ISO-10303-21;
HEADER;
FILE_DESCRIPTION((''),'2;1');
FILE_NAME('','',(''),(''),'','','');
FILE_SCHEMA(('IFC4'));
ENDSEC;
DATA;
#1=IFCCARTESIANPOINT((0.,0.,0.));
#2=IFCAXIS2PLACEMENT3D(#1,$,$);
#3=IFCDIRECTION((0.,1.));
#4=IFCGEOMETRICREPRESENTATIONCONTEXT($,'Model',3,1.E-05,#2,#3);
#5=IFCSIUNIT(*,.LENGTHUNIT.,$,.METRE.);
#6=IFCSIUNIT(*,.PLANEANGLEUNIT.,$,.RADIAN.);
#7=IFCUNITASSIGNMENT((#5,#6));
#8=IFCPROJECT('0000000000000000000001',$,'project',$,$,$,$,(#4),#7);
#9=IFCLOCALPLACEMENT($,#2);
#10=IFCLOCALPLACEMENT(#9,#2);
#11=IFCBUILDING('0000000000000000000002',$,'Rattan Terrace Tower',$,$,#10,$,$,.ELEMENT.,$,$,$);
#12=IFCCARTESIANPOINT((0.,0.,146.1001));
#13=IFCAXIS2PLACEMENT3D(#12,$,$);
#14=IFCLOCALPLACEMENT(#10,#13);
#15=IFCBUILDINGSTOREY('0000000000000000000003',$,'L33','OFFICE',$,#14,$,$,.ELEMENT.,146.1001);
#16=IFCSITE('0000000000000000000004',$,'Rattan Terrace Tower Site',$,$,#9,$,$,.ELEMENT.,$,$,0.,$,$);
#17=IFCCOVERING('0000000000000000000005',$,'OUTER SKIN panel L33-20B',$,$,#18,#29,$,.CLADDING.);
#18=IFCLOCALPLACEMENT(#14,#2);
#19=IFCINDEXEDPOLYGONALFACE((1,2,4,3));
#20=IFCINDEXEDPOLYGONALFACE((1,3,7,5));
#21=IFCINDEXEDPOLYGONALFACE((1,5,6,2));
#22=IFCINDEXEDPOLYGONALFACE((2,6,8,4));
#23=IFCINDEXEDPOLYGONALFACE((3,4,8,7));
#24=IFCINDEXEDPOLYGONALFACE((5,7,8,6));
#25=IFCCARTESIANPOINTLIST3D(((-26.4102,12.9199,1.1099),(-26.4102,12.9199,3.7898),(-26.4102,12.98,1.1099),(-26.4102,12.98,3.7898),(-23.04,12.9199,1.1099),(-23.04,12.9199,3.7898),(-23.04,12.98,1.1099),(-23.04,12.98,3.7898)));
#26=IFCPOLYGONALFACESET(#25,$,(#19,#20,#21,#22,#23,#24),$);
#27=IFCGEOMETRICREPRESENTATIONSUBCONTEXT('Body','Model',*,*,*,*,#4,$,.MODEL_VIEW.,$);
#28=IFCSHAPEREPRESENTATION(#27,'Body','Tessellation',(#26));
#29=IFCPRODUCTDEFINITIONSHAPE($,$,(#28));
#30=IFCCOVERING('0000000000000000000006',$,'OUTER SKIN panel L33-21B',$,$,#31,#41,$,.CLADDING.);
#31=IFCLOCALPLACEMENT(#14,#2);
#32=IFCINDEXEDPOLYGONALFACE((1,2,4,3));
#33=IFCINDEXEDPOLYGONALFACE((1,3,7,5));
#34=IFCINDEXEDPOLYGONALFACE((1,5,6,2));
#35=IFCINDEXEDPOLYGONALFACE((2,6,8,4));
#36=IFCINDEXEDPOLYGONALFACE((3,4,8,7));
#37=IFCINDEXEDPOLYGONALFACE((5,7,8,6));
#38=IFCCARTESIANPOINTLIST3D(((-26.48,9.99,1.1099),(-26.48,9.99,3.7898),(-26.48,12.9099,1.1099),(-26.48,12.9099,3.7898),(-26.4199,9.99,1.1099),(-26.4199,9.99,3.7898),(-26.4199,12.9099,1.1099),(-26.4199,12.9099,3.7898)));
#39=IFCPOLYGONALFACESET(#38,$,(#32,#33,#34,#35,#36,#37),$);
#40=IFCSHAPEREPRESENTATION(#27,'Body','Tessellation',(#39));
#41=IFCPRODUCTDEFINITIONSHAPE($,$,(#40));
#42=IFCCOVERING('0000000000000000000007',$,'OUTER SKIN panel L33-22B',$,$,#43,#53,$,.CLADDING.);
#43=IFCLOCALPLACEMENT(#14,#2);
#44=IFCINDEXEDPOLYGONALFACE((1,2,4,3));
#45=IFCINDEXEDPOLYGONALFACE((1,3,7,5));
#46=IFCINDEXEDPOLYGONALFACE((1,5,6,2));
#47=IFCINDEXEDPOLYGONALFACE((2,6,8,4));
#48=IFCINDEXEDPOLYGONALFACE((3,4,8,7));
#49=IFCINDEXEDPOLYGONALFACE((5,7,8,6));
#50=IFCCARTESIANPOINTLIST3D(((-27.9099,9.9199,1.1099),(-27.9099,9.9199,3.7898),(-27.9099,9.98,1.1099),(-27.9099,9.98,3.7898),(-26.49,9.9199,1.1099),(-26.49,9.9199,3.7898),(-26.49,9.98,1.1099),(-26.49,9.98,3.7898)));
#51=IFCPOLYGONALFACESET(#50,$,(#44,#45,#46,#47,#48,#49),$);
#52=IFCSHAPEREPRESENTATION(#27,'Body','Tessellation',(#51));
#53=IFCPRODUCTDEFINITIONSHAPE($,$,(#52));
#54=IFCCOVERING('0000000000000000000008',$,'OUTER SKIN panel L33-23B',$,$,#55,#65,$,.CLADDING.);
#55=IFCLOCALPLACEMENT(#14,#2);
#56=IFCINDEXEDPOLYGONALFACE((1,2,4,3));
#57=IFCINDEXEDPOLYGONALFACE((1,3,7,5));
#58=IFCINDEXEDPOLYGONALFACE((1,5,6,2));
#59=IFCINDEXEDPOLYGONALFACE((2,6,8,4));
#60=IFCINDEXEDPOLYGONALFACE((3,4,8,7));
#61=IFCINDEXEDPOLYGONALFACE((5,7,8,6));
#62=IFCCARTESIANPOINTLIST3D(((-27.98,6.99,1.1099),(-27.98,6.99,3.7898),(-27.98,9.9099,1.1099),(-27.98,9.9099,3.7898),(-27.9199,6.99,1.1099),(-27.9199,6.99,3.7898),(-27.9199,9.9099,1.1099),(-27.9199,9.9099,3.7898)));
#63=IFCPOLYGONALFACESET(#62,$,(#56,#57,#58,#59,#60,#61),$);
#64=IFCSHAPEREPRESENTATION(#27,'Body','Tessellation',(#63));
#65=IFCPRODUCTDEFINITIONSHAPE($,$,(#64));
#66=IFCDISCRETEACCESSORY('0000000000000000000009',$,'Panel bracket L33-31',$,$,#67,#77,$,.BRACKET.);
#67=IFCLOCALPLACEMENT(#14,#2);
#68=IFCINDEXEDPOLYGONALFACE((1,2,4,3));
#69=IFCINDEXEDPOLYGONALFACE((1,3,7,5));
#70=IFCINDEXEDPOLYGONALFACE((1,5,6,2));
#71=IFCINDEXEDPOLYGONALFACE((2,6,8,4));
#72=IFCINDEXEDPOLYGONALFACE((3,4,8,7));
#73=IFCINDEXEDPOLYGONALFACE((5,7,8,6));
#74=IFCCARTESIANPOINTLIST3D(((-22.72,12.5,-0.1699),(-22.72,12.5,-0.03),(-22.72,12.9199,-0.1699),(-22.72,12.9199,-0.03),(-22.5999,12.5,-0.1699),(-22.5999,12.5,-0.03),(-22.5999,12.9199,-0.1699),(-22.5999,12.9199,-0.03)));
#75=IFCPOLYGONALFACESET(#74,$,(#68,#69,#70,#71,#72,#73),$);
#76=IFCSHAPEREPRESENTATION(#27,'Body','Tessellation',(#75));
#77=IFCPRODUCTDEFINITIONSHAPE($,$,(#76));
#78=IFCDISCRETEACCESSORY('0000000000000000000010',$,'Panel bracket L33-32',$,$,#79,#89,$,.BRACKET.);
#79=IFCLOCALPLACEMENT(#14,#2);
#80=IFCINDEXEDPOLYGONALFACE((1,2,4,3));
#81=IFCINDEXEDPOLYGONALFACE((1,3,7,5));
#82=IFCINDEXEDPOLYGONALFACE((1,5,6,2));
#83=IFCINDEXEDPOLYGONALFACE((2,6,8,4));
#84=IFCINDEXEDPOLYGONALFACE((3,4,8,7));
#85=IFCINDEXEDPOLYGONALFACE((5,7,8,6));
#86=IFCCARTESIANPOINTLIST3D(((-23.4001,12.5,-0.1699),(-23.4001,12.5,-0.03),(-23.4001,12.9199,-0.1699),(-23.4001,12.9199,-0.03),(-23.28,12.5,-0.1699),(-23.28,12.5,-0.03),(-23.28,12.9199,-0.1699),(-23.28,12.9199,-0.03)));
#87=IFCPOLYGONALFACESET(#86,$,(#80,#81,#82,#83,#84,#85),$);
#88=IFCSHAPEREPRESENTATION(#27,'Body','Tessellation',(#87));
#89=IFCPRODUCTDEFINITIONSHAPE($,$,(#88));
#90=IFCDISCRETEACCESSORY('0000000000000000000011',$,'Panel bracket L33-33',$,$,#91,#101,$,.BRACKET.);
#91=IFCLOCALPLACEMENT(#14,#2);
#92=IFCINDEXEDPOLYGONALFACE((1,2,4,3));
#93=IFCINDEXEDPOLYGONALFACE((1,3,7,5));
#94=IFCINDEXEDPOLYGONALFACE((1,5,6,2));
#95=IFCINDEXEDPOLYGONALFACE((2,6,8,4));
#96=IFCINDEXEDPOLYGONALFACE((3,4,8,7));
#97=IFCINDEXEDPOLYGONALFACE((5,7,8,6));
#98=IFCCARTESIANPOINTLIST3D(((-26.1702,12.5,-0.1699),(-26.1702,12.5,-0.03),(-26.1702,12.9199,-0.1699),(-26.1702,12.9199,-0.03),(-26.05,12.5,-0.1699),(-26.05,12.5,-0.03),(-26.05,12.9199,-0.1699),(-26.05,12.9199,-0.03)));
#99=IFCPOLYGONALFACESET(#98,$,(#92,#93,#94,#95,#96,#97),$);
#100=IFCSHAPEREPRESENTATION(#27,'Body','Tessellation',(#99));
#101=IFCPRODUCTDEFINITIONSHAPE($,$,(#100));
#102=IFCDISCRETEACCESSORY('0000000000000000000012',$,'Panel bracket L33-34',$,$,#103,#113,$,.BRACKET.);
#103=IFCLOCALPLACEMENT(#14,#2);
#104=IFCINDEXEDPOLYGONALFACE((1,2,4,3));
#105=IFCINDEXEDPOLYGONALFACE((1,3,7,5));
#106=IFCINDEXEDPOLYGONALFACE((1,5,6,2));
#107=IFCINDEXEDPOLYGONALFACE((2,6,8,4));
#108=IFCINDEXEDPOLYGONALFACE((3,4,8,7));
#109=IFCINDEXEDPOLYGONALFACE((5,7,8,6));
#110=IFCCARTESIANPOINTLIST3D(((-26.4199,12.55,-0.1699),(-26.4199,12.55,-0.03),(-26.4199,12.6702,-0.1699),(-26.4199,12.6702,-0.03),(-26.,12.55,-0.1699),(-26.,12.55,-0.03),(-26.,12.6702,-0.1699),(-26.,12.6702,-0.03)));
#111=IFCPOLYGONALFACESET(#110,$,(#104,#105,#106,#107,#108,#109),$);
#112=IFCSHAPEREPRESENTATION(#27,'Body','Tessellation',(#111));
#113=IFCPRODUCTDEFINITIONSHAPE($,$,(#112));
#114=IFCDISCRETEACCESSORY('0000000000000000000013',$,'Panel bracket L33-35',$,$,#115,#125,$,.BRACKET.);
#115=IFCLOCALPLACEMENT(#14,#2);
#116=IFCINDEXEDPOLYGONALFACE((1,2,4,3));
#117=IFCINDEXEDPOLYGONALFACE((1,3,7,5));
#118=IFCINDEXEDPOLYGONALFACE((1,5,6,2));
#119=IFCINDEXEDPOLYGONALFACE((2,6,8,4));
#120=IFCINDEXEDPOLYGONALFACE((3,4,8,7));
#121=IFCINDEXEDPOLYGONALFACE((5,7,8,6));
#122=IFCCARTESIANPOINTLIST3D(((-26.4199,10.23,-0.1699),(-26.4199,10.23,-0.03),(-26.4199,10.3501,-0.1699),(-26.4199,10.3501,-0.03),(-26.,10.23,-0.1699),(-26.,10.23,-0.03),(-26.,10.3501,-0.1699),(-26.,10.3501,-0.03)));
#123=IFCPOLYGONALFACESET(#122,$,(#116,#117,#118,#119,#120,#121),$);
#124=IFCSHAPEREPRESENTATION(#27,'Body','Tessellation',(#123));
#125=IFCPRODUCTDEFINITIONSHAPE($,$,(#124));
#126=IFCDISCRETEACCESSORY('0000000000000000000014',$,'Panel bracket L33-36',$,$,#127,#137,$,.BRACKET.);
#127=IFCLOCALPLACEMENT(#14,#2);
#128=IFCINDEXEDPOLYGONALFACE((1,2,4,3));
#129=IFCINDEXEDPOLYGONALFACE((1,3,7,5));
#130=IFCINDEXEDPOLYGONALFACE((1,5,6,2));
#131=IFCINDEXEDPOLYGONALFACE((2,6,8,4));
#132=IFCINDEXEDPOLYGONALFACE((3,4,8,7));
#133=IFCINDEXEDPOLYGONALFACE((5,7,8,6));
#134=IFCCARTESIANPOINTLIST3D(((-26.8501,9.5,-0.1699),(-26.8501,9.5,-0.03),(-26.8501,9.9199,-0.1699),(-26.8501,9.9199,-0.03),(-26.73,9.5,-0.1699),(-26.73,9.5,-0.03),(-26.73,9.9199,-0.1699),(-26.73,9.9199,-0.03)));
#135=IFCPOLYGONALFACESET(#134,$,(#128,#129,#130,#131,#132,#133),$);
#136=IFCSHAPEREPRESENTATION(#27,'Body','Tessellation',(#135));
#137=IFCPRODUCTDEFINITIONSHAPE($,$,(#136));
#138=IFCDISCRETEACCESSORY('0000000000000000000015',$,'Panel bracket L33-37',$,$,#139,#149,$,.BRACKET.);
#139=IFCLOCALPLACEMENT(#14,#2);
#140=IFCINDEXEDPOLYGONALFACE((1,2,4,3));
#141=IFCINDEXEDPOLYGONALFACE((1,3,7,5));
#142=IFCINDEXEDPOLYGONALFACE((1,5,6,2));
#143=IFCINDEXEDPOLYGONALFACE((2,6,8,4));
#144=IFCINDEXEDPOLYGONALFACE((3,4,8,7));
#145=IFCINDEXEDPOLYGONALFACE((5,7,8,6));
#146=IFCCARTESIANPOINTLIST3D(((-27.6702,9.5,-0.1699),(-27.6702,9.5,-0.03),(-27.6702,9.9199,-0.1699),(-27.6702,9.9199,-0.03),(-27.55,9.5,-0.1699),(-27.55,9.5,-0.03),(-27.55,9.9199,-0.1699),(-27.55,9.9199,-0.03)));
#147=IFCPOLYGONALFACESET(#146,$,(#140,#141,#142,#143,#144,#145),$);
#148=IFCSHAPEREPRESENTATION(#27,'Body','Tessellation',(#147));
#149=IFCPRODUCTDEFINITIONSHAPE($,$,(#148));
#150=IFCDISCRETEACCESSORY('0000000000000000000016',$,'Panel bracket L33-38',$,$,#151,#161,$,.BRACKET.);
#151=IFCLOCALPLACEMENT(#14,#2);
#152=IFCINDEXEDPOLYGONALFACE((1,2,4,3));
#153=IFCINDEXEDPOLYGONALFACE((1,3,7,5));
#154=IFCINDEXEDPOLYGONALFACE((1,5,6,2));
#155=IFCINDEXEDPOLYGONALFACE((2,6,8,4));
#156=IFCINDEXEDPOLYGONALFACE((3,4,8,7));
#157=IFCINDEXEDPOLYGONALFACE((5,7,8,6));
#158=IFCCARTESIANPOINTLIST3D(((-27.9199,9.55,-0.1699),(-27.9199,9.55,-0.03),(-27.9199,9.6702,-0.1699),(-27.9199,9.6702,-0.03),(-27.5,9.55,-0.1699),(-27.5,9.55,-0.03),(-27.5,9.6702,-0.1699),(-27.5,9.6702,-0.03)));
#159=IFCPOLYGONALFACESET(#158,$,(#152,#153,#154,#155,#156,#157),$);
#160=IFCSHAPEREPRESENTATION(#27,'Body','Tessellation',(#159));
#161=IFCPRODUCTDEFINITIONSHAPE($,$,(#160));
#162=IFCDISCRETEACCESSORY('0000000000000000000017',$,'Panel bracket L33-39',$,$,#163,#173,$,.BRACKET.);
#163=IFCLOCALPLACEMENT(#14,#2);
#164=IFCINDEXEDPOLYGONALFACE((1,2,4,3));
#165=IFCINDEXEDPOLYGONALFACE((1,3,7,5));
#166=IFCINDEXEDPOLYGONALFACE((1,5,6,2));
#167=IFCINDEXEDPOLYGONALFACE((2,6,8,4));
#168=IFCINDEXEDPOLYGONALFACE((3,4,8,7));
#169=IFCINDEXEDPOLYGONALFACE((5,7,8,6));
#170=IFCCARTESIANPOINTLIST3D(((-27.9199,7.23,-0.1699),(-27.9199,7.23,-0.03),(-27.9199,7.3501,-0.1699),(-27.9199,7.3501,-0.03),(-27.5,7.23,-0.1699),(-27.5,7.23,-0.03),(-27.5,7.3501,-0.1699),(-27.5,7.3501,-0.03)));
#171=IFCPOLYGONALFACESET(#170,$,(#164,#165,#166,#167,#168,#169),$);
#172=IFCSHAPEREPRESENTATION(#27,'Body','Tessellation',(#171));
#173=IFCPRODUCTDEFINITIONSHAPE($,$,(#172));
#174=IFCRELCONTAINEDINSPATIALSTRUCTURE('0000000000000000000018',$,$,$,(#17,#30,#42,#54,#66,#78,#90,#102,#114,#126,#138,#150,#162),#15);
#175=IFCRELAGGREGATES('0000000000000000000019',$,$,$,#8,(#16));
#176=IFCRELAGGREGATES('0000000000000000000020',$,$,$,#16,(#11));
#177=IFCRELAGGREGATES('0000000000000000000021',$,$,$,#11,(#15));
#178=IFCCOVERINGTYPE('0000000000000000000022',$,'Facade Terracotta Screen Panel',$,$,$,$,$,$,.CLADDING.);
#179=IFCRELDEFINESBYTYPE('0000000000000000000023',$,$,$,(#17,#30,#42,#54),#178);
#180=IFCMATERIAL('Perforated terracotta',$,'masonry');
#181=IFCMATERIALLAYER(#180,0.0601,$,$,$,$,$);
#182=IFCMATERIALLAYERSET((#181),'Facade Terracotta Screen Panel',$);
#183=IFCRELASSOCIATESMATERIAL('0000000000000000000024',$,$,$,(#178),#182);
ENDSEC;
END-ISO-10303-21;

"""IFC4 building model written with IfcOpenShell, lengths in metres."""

from ifc_helpers import new_model, si_unit, direction, frame, origin, origin_2d, place, context, subcontext, project, spatial, rectangle, extrude, material, layer, layer_set, type_object, element, save


model = new_model("IFC4")

# Units and contexts
model_context = context("Model", 3, precision=1e-05, world=origin(), true_north=direction((0.0, 1.0)))
body_context = subcontext(model_context, "Body", "Model", "MODEL_VIEW")
ifc_project = project(units=[si_unit("LENGTHUNIT", "METRE"), si_unit("PLANEANGLEUNIT", "RADIAN")], contexts=[model_context])

# Site, building, storey
site_placement = place(None, origin())
site = spatial("IfcSite", under=ifc_project, at=site_placement, Name="Rattan Terrace Tower Site", CompositionType="ELEMENT", RefElevation=0.0)
building_placement = place(site_placement, origin())
building = spatial("IfcBuilding", under=site, at=building_placement, Name="Rattan Terrace Tower", CompositionType="ELEMENT")
storey_placement = place(building_placement, frame((0.0, 0.0, 146.1001)))
storey = spatial("IfcBuildingStorey", under=building, at=storey_placement, Name="L33", Description="OFFICE", CompositionType="ELEMENT", Elevation=146.1001)

# Coverings
ifc_material_1 = material(Name="Perforated terracotta", Category="masonry")
ifc_layer_1 = layer(ifc_material_1, 0.0601)
ifc_layer_set_1 = layer_set([ifc_layer_1], Name="Facade Terracotta Screen Panel")
covering_type_1 = type_object("IfcCoveringType", Name="Facade Terracotta Screen Panel", PredefinedType="CLADDING", material=ifc_layer_set_1)
covering_1_placement = place(storey_placement, frame((-24.7251, 12.95, 1.1099), z_axis=(0.0, 0.0, 1.0), x_axis=(-1.0, 0.0, 0.0)))
element("IfcCovering", 1, at=covering_1_placement, inside=storey, type_object=covering_type_1, Name="OUTER SKIN panel L33-20B", PredefinedType="CLADDING", context=body_context, shape_type="SweptSolid", body=[
    extrude(rectangle(XDim=3.3701, YDim=0.0601, at=origin_2d()), origin(), (0.0, 0.0, 1.0), 2.6799),
])
covering_2_placement = place(storey_placement, frame((-26.45, 11.45, 1.1099), z_axis=(0.0, 0.0, 1.0), x_axis=(0.0, -1.0, 0.0)))
element("IfcCovering", 2, at=covering_2_placement, inside=storey, type_object=covering_type_1, Name="OUTER SKIN panel L33-21B", PredefinedType="CLADDING", context=body_context, shape_type="SweptSolid", body=[
    extrude(rectangle(XDim=2.9199, YDim=0.0601, at=origin_2d()), origin(), (0.0, 0.0, 1.0), 2.6799),
])
covering_3_placement = place(storey_placement, frame((-27.2, 9.95, 1.1099), z_axis=(0.0, 0.0, 1.0), x_axis=(-1.0, 0.0, 0.0)))
element("IfcCovering", 3, at=covering_3_placement, inside=storey, type_object=covering_type_1, Name="OUTER SKIN panel L33-22B", PredefinedType="CLADDING", context=body_context, shape_type="SweptSolid", body=[
    extrude(rectangle(XDim=1.4199, YDim=0.0601, at=origin_2d()), origin(), (0.0, 0.0, 1.0), 2.6799),
])
covering_4_placement = place(storey_placement, frame((-27.95, 8.45, 1.1099), z_axis=(0.0, 0.0, 1.0), x_axis=(0.0, -1.0, 0.0)))
element("IfcCovering", 4, at=covering_4_placement, inside=storey, type_object=covering_type_1, Name="OUTER SKIN panel L33-23B", PredefinedType="CLADDING", context=body_context, shape_type="SweptSolid", body=[
    extrude(rectangle(XDim=2.9199, YDim=0.0601, at=origin_2d()), origin(), (0.0, 0.0, 1.0), 2.6799),
])

# Discrete accessories
for number, where, z_axis, x_axis, name in (
    (5, (-22.6599, 12.71, -0.1699), (0.0, 0.0, 1.0), (-1.0, 0.0, 0.0), "Panel bracket L33-31"),
    (6, (-23.3401, 12.71, -0.1699), (0.0, 0.0, 1.0), (-1.0, 0.0, 0.0), "Panel bracket L33-32"),
    (7, (-26.1101, 12.71, -0.1699), (0.0, 0.0, 1.0), (-1.0, 0.0, 0.0), "Panel bracket L33-33"),
    (8, (-26.21, 12.6101, -0.1699), (0.0, 0.0, 1.0), (0.0, -1.0, 0.0), "Panel bracket L33-34"),
    (9, (-26.21, 10.29, -0.1699), (0.0, 0.0, 1.0), (0.0, -1.0, 0.0), "Panel bracket L33-35"),
    (10, (-26.79, 9.71, -0.1699), (0.0, 0.0, 1.0), (-1.0, 0.0, 0.0), "Panel bracket L33-36"),
    (11, (-27.6101, 9.71, -0.1699), (0.0, 0.0, 1.0), (-1.0, 0.0, 0.0), "Panel bracket L33-37"),
    (12, (-27.71, 9.6101, -0.1699), (0.0, 0.0, 1.0), (0.0, -1.0, 0.0), "Panel bracket L33-38"),
    (13, (-27.71, 7.29, -0.1699), (0.0, 0.0, 1.0), (0.0, -1.0, 0.0), "Panel bracket L33-39"),
):
    element("IfcDiscreteAccessory", number, at=place(storey_placement, frame(where, z_axis=z_axis, x_axis=x_axis)), inside=storey, Name=name, PredefinedType="BRACKET", context=body_context, shape_type="SweptSolid", body=[
        extrude(rectangle(XDim=0.1201, YDim=0.4199, at=origin_2d()), origin(), (0.0, 0.0, 1.0), 0.1399),
    ])

save(model, "model.ifc")
